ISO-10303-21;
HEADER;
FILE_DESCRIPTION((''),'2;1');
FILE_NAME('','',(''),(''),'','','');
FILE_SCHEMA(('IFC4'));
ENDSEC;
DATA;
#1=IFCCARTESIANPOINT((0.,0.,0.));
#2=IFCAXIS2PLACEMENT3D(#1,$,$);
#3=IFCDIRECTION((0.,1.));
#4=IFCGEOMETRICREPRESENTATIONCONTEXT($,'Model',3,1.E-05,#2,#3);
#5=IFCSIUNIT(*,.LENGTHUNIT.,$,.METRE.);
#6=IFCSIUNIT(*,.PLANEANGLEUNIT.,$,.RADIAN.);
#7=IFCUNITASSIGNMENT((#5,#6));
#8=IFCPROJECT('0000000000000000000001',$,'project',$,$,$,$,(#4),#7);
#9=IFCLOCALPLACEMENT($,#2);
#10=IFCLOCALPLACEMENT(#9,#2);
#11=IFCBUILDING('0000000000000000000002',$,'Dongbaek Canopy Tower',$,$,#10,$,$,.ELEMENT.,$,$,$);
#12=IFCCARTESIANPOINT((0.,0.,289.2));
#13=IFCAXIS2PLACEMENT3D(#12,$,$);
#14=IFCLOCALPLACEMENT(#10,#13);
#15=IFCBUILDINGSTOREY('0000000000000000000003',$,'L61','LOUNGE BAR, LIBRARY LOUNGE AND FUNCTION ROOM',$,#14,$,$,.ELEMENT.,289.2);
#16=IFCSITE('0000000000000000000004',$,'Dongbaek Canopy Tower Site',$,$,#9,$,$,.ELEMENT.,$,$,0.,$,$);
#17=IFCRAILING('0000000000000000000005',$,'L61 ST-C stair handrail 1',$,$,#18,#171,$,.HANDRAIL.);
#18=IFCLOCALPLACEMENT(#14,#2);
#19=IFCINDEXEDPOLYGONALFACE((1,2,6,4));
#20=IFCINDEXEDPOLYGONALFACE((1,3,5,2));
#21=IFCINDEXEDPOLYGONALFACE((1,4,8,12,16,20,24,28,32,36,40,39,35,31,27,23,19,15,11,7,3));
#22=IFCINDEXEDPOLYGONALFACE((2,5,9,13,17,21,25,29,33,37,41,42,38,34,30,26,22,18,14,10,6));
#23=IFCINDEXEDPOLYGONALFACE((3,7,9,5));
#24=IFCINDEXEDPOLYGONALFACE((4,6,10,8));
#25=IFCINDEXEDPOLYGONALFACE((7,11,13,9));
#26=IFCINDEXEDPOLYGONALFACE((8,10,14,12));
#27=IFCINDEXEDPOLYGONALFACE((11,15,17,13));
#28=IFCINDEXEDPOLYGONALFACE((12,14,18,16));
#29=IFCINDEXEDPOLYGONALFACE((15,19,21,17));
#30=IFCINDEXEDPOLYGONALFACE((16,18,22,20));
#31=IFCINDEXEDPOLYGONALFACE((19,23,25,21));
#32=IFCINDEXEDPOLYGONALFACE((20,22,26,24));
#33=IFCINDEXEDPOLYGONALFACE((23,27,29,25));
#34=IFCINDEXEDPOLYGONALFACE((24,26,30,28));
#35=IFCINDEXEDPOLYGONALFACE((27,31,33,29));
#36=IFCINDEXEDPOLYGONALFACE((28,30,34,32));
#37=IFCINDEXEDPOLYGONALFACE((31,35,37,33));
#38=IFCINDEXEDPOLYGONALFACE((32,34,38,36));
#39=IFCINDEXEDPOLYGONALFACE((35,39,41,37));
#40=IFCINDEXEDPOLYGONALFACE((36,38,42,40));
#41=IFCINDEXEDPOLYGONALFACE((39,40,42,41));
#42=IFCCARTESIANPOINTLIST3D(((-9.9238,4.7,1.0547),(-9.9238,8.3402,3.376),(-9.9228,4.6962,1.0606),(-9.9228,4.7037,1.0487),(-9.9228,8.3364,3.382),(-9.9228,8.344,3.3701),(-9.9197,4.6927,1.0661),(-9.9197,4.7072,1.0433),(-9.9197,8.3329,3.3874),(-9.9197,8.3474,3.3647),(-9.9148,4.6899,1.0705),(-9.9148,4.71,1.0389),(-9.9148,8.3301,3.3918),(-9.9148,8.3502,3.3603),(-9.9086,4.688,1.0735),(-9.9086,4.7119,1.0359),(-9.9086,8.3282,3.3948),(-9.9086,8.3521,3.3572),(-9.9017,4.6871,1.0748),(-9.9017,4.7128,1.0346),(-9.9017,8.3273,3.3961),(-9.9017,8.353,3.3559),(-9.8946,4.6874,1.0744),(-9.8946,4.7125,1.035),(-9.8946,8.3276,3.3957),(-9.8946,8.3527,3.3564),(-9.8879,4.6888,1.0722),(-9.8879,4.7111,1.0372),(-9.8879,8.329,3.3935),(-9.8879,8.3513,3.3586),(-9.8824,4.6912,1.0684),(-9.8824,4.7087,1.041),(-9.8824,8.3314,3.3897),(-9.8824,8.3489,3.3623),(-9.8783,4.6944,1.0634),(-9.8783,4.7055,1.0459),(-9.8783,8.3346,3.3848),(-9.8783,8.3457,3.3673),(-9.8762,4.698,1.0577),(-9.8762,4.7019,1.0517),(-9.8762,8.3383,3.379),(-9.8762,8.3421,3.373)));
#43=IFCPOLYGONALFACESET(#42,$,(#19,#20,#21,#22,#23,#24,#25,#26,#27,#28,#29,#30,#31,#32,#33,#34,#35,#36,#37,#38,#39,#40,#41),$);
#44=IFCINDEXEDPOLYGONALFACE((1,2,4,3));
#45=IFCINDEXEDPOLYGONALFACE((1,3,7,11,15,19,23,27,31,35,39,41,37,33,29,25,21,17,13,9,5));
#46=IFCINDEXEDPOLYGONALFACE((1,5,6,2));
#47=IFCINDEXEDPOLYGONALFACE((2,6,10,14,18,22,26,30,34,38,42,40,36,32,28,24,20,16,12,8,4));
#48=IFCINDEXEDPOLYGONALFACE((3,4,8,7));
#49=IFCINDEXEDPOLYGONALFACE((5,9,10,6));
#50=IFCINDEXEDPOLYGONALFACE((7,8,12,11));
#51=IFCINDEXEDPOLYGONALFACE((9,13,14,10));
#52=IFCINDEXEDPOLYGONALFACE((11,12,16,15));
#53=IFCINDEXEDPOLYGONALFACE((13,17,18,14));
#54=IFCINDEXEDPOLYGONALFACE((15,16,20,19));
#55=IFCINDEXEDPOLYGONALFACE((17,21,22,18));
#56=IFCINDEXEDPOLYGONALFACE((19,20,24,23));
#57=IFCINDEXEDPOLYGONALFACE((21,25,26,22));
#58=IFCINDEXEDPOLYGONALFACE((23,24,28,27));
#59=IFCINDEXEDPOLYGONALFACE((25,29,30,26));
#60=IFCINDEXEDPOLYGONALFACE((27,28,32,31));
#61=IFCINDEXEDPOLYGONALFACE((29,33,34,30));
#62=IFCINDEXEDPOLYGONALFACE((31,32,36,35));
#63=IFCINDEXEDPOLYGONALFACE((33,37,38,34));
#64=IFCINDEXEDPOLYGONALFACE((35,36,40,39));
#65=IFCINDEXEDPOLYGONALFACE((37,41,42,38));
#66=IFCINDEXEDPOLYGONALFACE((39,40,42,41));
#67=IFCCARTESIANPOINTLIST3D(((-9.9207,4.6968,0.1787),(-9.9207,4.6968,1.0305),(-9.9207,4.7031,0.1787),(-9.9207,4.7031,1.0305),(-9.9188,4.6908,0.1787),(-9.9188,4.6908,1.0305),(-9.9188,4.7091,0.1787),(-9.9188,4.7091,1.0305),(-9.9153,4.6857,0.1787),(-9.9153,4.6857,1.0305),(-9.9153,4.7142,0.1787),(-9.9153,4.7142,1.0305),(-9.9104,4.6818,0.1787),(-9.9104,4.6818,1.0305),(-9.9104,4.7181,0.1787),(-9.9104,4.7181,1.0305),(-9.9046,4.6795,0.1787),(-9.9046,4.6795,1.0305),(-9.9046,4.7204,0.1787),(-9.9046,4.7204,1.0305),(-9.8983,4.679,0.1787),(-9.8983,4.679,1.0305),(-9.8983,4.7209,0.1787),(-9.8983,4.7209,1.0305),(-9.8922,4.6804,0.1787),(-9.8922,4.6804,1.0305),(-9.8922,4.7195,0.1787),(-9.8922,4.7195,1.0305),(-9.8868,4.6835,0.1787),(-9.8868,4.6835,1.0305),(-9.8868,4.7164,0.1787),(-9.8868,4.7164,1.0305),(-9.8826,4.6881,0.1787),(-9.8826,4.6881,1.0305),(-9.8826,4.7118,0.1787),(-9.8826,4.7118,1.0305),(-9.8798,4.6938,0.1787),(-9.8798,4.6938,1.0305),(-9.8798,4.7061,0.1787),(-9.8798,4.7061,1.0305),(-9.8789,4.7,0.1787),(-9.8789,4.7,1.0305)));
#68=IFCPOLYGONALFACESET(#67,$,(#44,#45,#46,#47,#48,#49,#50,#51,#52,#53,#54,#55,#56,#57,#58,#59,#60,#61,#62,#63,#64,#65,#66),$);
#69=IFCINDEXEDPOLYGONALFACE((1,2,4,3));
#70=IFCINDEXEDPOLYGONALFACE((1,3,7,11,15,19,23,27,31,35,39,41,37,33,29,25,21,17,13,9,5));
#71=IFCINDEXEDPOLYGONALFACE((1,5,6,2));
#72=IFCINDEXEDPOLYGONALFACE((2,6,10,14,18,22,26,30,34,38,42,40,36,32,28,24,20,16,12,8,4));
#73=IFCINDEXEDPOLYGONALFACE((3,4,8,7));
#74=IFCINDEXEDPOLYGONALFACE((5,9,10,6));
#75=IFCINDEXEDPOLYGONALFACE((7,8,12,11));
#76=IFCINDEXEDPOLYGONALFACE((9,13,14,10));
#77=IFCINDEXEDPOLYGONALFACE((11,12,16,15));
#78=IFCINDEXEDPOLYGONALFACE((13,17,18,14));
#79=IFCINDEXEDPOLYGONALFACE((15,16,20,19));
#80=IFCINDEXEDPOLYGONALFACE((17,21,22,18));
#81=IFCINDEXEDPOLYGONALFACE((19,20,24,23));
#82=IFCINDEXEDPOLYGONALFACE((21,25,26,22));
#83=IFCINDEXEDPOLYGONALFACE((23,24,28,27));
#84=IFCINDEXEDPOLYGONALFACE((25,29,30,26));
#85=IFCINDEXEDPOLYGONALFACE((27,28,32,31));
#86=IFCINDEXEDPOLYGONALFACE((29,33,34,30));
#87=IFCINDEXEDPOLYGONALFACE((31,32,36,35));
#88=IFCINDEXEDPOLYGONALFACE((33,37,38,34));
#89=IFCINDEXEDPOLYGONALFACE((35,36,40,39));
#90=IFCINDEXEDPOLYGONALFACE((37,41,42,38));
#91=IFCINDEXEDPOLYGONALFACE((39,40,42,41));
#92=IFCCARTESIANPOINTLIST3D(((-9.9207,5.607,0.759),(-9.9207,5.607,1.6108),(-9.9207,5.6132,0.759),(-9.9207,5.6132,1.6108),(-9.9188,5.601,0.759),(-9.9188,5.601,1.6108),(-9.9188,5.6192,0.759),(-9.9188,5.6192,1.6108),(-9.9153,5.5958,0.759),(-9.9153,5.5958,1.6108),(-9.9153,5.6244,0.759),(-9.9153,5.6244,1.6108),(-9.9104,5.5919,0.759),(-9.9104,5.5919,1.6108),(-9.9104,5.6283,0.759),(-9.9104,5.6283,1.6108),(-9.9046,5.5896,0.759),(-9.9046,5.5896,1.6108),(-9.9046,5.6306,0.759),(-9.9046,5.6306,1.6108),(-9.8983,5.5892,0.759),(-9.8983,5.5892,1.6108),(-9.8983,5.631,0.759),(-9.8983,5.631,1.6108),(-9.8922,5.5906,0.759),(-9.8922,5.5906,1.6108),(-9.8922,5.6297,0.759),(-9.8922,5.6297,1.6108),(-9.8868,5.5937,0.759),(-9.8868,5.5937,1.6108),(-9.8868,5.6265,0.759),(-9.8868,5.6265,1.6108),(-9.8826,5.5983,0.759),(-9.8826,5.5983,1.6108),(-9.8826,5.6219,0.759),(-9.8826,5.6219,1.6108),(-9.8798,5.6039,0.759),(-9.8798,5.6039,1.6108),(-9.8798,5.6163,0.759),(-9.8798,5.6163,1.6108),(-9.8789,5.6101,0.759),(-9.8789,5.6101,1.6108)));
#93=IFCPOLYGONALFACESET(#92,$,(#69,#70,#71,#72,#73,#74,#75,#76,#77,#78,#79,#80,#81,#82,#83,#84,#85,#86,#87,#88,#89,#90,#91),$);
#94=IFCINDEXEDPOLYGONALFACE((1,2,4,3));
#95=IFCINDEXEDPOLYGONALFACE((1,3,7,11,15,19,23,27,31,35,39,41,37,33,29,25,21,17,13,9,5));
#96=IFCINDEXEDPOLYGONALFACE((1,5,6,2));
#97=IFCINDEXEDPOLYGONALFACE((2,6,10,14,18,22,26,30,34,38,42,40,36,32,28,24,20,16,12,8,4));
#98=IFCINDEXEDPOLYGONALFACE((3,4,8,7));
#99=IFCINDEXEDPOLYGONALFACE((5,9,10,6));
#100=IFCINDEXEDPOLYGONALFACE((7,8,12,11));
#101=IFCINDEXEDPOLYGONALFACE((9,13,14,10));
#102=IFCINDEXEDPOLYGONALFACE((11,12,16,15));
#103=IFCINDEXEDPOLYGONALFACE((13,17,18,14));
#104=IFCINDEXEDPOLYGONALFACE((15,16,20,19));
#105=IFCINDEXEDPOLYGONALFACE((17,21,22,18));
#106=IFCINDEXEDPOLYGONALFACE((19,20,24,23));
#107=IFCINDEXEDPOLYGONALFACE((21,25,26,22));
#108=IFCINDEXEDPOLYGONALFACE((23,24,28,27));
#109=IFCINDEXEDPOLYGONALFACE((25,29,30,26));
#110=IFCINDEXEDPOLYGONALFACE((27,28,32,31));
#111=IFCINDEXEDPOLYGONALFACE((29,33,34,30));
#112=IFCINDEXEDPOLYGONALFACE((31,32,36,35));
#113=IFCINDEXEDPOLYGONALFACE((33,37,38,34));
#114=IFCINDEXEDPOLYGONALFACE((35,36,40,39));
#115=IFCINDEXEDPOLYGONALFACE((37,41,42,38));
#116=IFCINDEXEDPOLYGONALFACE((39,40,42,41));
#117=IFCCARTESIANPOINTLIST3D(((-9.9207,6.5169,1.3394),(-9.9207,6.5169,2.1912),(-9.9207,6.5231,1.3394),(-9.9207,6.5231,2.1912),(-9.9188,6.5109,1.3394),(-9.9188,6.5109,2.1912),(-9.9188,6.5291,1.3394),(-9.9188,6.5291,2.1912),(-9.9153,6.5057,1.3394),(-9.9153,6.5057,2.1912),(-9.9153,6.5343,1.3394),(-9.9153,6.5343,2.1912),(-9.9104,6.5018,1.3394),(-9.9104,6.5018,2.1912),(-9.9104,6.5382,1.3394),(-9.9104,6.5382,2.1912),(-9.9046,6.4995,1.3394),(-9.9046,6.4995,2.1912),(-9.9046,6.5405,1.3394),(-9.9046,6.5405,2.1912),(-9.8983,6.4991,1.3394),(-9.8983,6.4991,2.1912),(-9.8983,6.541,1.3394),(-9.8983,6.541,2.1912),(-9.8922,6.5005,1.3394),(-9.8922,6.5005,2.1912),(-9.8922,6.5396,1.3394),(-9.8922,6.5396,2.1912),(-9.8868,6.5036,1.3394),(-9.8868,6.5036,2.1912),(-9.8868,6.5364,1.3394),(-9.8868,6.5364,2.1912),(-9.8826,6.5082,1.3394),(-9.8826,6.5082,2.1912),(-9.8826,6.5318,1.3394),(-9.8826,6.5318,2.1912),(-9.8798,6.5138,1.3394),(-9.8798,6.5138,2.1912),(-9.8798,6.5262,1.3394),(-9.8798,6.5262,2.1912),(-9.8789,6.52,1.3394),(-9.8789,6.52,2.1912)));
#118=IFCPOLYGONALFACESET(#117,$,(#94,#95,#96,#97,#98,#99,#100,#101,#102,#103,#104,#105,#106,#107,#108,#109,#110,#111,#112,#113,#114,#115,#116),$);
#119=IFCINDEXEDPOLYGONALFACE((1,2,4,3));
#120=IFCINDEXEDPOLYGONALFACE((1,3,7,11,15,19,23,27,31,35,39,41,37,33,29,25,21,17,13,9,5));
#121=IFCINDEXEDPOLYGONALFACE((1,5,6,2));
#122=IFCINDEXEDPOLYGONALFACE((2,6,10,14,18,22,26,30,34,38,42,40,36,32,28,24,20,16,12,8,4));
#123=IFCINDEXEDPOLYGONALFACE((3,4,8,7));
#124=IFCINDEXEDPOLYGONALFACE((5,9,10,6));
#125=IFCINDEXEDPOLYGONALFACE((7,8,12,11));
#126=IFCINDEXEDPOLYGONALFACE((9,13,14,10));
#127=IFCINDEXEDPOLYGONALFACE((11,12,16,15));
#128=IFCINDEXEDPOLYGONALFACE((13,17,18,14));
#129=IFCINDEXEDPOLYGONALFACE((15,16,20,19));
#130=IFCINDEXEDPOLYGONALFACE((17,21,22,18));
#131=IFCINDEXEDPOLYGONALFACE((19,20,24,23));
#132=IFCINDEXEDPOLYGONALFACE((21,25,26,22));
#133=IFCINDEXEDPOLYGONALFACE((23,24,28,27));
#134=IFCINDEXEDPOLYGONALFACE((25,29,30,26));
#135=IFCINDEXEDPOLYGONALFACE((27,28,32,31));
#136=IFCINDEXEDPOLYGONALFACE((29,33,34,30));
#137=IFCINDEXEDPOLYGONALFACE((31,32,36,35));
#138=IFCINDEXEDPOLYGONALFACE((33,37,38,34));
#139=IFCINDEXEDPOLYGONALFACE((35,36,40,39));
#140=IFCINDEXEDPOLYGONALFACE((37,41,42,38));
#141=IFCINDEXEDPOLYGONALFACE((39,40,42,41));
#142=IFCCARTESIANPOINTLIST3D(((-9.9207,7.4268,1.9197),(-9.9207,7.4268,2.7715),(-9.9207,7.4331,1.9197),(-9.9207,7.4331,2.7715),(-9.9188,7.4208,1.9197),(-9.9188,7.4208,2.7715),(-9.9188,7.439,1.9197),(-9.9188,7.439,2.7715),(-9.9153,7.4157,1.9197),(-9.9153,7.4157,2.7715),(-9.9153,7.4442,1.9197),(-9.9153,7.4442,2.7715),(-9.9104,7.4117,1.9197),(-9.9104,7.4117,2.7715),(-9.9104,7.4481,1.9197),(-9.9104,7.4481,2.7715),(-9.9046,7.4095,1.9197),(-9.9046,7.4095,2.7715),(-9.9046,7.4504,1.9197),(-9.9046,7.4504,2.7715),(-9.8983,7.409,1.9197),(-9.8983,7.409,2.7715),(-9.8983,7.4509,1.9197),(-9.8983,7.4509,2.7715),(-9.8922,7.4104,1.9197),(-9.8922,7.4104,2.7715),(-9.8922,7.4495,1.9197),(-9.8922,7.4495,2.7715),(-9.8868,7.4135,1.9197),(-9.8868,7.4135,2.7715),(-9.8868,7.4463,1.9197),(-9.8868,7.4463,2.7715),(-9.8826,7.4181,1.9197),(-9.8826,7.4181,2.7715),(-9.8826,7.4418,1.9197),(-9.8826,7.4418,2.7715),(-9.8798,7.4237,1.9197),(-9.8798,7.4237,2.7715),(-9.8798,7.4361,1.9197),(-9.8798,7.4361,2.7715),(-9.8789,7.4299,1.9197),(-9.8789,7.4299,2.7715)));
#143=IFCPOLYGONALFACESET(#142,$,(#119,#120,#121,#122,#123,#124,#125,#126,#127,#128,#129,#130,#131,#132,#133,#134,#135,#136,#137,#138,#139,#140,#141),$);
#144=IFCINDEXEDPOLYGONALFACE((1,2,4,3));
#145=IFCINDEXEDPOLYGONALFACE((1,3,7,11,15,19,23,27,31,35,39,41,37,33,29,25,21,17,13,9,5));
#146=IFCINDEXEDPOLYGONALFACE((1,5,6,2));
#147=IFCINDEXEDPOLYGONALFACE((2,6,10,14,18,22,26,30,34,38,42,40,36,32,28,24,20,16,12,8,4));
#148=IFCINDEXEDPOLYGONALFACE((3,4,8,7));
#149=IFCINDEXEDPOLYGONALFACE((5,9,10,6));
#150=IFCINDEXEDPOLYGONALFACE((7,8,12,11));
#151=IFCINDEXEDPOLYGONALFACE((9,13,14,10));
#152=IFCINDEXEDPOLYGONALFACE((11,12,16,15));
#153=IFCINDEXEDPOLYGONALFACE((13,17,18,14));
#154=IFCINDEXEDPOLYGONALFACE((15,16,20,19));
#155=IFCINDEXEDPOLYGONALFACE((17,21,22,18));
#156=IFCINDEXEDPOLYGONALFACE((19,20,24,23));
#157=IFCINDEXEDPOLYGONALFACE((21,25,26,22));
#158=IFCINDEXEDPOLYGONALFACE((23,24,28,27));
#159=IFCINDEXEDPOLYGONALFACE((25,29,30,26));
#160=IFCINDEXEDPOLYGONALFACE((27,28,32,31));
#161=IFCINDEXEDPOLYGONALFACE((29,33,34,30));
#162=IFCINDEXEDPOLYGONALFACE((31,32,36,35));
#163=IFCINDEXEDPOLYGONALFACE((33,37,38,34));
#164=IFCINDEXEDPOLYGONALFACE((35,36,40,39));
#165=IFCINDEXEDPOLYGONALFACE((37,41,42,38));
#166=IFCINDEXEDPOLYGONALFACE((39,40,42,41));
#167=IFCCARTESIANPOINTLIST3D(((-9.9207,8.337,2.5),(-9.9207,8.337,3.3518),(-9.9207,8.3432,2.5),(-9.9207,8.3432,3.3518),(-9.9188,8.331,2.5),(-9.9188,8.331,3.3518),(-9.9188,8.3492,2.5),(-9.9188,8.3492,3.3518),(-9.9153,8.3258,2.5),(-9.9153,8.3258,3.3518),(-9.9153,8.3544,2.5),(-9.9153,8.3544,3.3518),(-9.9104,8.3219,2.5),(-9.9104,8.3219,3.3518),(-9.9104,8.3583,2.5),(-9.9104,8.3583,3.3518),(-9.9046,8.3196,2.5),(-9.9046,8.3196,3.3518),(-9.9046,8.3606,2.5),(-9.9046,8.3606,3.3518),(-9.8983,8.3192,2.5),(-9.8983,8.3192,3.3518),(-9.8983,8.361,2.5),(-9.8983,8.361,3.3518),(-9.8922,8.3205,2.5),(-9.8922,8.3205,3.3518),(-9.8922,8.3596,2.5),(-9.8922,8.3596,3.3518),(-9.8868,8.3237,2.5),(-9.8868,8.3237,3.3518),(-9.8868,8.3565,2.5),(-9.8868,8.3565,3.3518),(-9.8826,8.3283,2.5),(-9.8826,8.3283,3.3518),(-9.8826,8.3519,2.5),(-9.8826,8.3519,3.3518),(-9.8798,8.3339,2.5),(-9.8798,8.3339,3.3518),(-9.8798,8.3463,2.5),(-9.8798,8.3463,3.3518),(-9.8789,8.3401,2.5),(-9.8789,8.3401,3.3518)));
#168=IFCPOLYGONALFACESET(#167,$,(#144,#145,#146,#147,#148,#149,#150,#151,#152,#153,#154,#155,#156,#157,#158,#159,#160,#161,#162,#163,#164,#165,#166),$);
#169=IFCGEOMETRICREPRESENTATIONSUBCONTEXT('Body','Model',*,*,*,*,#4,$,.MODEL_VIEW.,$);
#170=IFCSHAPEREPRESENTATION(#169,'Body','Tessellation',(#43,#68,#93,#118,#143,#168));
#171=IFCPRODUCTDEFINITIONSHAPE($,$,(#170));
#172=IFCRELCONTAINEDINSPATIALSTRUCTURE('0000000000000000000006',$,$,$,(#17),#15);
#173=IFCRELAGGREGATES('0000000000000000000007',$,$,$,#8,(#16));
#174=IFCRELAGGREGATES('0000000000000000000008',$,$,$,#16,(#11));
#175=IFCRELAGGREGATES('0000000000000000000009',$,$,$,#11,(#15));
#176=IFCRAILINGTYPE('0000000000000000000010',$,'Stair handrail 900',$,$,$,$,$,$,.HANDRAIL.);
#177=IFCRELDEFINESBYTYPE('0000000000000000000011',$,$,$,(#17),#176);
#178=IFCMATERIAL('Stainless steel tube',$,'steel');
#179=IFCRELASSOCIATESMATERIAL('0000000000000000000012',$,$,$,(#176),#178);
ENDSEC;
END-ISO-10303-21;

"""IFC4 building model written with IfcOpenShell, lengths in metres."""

from ifc_helpers import new_model, si_unit, direction, frame, origin, origin_2d, place, context, subcontext, project, spatial, circle, extrude, material, type_object, element, save


model = new_model("IFC4")

# Units and contexts
model_context = context("Model", 3, precision=1e-05, world=origin(), true_north=direction((0.0, 1.0)))
body_context = subcontext(model_context, "Body", "Model", "MODEL_VIEW")
ifc_project = project(units=[si_unit("LENGTHUNIT", "METRE"), si_unit("PLANEANGLEUNIT", "RADIAN")], contexts=[model_context])

# Site, building, storey
site_placement = place(None, origin())
site = spatial("IfcSite", under=ifc_project, at=site_placement, Name="Dongbaek Canopy Tower Site", CompositionType="ELEMENT", RefElevation=0.0)
building_placement = place(site_placement, origin())
building = spatial("IfcBuilding", under=site, at=building_placement, Name="Dongbaek Canopy Tower", CompositionType="ELEMENT")
storey_placement = place(building_placement, frame((0.0, 0.0, 289.2)))
storey = spatial("IfcBuildingStorey", under=building, at=storey_placement, Name="L61", Description="LOUNGE BAR, LIBRARY LOUNGE AND FUNCTION ROOM", CompositionType="ELEMENT", Elevation=289.2)

# Railing
ifc_material_1 = material(Name="Stainless steel tube", Category="steel")
railing_type_1 = type_object("IfcRailingType", Name="Stair handrail 900", PredefinedType="HANDRAIL", material=ifc_material_1)
railing_1_placement = place(storey_placement, frame((-9.8999, 4.7, 0.1787)))
element("IfcRailing", 1, at=railing_1_placement, inside=storey, type_object=railing_type_1, Name="L61 ST-C stair handrail 1", PredefinedType="HANDRAIL", context=body_context, shape_type="SweptSolid", body=[
    extrude(circle(Radius=0.0239, at=origin_2d()), frame((0.0, 0.0, 0.876), z_axis=(0.0, 0.843153, 0.537673), x_axis=(-1.0, 0.0, 0.0)), (0.0, 0.0, 1.0), 4.3174),
    extrude(circle(Radius=0.021, at=origin_2d()), origin(), (0.0, 0.0, 1.0), 0.8518),
    extrude(circle(Radius=0.021, at=origin_2d()), frame((0.0, 0.9102, 0.5803)), (0.0, 0.0, 1.0), 0.8518),
    extrude(circle(Radius=0.021, at=origin_2d()), frame((0.0, 1.8201, 1.1606)), (0.0, 0.0, 1.0), 0.8518),
    extrude(circle(Radius=0.021, at=origin_2d()), frame((0.0, 2.73, 1.741)), (0.0, 0.0, 1.0), 0.8518),
    extrude(circle(Radius=0.021, at=origin_2d()), frame((0.0, 3.6401, 2.3213)), (0.0, 0.0, 1.0), 0.8518),
])

save(model, "model.ifc")
